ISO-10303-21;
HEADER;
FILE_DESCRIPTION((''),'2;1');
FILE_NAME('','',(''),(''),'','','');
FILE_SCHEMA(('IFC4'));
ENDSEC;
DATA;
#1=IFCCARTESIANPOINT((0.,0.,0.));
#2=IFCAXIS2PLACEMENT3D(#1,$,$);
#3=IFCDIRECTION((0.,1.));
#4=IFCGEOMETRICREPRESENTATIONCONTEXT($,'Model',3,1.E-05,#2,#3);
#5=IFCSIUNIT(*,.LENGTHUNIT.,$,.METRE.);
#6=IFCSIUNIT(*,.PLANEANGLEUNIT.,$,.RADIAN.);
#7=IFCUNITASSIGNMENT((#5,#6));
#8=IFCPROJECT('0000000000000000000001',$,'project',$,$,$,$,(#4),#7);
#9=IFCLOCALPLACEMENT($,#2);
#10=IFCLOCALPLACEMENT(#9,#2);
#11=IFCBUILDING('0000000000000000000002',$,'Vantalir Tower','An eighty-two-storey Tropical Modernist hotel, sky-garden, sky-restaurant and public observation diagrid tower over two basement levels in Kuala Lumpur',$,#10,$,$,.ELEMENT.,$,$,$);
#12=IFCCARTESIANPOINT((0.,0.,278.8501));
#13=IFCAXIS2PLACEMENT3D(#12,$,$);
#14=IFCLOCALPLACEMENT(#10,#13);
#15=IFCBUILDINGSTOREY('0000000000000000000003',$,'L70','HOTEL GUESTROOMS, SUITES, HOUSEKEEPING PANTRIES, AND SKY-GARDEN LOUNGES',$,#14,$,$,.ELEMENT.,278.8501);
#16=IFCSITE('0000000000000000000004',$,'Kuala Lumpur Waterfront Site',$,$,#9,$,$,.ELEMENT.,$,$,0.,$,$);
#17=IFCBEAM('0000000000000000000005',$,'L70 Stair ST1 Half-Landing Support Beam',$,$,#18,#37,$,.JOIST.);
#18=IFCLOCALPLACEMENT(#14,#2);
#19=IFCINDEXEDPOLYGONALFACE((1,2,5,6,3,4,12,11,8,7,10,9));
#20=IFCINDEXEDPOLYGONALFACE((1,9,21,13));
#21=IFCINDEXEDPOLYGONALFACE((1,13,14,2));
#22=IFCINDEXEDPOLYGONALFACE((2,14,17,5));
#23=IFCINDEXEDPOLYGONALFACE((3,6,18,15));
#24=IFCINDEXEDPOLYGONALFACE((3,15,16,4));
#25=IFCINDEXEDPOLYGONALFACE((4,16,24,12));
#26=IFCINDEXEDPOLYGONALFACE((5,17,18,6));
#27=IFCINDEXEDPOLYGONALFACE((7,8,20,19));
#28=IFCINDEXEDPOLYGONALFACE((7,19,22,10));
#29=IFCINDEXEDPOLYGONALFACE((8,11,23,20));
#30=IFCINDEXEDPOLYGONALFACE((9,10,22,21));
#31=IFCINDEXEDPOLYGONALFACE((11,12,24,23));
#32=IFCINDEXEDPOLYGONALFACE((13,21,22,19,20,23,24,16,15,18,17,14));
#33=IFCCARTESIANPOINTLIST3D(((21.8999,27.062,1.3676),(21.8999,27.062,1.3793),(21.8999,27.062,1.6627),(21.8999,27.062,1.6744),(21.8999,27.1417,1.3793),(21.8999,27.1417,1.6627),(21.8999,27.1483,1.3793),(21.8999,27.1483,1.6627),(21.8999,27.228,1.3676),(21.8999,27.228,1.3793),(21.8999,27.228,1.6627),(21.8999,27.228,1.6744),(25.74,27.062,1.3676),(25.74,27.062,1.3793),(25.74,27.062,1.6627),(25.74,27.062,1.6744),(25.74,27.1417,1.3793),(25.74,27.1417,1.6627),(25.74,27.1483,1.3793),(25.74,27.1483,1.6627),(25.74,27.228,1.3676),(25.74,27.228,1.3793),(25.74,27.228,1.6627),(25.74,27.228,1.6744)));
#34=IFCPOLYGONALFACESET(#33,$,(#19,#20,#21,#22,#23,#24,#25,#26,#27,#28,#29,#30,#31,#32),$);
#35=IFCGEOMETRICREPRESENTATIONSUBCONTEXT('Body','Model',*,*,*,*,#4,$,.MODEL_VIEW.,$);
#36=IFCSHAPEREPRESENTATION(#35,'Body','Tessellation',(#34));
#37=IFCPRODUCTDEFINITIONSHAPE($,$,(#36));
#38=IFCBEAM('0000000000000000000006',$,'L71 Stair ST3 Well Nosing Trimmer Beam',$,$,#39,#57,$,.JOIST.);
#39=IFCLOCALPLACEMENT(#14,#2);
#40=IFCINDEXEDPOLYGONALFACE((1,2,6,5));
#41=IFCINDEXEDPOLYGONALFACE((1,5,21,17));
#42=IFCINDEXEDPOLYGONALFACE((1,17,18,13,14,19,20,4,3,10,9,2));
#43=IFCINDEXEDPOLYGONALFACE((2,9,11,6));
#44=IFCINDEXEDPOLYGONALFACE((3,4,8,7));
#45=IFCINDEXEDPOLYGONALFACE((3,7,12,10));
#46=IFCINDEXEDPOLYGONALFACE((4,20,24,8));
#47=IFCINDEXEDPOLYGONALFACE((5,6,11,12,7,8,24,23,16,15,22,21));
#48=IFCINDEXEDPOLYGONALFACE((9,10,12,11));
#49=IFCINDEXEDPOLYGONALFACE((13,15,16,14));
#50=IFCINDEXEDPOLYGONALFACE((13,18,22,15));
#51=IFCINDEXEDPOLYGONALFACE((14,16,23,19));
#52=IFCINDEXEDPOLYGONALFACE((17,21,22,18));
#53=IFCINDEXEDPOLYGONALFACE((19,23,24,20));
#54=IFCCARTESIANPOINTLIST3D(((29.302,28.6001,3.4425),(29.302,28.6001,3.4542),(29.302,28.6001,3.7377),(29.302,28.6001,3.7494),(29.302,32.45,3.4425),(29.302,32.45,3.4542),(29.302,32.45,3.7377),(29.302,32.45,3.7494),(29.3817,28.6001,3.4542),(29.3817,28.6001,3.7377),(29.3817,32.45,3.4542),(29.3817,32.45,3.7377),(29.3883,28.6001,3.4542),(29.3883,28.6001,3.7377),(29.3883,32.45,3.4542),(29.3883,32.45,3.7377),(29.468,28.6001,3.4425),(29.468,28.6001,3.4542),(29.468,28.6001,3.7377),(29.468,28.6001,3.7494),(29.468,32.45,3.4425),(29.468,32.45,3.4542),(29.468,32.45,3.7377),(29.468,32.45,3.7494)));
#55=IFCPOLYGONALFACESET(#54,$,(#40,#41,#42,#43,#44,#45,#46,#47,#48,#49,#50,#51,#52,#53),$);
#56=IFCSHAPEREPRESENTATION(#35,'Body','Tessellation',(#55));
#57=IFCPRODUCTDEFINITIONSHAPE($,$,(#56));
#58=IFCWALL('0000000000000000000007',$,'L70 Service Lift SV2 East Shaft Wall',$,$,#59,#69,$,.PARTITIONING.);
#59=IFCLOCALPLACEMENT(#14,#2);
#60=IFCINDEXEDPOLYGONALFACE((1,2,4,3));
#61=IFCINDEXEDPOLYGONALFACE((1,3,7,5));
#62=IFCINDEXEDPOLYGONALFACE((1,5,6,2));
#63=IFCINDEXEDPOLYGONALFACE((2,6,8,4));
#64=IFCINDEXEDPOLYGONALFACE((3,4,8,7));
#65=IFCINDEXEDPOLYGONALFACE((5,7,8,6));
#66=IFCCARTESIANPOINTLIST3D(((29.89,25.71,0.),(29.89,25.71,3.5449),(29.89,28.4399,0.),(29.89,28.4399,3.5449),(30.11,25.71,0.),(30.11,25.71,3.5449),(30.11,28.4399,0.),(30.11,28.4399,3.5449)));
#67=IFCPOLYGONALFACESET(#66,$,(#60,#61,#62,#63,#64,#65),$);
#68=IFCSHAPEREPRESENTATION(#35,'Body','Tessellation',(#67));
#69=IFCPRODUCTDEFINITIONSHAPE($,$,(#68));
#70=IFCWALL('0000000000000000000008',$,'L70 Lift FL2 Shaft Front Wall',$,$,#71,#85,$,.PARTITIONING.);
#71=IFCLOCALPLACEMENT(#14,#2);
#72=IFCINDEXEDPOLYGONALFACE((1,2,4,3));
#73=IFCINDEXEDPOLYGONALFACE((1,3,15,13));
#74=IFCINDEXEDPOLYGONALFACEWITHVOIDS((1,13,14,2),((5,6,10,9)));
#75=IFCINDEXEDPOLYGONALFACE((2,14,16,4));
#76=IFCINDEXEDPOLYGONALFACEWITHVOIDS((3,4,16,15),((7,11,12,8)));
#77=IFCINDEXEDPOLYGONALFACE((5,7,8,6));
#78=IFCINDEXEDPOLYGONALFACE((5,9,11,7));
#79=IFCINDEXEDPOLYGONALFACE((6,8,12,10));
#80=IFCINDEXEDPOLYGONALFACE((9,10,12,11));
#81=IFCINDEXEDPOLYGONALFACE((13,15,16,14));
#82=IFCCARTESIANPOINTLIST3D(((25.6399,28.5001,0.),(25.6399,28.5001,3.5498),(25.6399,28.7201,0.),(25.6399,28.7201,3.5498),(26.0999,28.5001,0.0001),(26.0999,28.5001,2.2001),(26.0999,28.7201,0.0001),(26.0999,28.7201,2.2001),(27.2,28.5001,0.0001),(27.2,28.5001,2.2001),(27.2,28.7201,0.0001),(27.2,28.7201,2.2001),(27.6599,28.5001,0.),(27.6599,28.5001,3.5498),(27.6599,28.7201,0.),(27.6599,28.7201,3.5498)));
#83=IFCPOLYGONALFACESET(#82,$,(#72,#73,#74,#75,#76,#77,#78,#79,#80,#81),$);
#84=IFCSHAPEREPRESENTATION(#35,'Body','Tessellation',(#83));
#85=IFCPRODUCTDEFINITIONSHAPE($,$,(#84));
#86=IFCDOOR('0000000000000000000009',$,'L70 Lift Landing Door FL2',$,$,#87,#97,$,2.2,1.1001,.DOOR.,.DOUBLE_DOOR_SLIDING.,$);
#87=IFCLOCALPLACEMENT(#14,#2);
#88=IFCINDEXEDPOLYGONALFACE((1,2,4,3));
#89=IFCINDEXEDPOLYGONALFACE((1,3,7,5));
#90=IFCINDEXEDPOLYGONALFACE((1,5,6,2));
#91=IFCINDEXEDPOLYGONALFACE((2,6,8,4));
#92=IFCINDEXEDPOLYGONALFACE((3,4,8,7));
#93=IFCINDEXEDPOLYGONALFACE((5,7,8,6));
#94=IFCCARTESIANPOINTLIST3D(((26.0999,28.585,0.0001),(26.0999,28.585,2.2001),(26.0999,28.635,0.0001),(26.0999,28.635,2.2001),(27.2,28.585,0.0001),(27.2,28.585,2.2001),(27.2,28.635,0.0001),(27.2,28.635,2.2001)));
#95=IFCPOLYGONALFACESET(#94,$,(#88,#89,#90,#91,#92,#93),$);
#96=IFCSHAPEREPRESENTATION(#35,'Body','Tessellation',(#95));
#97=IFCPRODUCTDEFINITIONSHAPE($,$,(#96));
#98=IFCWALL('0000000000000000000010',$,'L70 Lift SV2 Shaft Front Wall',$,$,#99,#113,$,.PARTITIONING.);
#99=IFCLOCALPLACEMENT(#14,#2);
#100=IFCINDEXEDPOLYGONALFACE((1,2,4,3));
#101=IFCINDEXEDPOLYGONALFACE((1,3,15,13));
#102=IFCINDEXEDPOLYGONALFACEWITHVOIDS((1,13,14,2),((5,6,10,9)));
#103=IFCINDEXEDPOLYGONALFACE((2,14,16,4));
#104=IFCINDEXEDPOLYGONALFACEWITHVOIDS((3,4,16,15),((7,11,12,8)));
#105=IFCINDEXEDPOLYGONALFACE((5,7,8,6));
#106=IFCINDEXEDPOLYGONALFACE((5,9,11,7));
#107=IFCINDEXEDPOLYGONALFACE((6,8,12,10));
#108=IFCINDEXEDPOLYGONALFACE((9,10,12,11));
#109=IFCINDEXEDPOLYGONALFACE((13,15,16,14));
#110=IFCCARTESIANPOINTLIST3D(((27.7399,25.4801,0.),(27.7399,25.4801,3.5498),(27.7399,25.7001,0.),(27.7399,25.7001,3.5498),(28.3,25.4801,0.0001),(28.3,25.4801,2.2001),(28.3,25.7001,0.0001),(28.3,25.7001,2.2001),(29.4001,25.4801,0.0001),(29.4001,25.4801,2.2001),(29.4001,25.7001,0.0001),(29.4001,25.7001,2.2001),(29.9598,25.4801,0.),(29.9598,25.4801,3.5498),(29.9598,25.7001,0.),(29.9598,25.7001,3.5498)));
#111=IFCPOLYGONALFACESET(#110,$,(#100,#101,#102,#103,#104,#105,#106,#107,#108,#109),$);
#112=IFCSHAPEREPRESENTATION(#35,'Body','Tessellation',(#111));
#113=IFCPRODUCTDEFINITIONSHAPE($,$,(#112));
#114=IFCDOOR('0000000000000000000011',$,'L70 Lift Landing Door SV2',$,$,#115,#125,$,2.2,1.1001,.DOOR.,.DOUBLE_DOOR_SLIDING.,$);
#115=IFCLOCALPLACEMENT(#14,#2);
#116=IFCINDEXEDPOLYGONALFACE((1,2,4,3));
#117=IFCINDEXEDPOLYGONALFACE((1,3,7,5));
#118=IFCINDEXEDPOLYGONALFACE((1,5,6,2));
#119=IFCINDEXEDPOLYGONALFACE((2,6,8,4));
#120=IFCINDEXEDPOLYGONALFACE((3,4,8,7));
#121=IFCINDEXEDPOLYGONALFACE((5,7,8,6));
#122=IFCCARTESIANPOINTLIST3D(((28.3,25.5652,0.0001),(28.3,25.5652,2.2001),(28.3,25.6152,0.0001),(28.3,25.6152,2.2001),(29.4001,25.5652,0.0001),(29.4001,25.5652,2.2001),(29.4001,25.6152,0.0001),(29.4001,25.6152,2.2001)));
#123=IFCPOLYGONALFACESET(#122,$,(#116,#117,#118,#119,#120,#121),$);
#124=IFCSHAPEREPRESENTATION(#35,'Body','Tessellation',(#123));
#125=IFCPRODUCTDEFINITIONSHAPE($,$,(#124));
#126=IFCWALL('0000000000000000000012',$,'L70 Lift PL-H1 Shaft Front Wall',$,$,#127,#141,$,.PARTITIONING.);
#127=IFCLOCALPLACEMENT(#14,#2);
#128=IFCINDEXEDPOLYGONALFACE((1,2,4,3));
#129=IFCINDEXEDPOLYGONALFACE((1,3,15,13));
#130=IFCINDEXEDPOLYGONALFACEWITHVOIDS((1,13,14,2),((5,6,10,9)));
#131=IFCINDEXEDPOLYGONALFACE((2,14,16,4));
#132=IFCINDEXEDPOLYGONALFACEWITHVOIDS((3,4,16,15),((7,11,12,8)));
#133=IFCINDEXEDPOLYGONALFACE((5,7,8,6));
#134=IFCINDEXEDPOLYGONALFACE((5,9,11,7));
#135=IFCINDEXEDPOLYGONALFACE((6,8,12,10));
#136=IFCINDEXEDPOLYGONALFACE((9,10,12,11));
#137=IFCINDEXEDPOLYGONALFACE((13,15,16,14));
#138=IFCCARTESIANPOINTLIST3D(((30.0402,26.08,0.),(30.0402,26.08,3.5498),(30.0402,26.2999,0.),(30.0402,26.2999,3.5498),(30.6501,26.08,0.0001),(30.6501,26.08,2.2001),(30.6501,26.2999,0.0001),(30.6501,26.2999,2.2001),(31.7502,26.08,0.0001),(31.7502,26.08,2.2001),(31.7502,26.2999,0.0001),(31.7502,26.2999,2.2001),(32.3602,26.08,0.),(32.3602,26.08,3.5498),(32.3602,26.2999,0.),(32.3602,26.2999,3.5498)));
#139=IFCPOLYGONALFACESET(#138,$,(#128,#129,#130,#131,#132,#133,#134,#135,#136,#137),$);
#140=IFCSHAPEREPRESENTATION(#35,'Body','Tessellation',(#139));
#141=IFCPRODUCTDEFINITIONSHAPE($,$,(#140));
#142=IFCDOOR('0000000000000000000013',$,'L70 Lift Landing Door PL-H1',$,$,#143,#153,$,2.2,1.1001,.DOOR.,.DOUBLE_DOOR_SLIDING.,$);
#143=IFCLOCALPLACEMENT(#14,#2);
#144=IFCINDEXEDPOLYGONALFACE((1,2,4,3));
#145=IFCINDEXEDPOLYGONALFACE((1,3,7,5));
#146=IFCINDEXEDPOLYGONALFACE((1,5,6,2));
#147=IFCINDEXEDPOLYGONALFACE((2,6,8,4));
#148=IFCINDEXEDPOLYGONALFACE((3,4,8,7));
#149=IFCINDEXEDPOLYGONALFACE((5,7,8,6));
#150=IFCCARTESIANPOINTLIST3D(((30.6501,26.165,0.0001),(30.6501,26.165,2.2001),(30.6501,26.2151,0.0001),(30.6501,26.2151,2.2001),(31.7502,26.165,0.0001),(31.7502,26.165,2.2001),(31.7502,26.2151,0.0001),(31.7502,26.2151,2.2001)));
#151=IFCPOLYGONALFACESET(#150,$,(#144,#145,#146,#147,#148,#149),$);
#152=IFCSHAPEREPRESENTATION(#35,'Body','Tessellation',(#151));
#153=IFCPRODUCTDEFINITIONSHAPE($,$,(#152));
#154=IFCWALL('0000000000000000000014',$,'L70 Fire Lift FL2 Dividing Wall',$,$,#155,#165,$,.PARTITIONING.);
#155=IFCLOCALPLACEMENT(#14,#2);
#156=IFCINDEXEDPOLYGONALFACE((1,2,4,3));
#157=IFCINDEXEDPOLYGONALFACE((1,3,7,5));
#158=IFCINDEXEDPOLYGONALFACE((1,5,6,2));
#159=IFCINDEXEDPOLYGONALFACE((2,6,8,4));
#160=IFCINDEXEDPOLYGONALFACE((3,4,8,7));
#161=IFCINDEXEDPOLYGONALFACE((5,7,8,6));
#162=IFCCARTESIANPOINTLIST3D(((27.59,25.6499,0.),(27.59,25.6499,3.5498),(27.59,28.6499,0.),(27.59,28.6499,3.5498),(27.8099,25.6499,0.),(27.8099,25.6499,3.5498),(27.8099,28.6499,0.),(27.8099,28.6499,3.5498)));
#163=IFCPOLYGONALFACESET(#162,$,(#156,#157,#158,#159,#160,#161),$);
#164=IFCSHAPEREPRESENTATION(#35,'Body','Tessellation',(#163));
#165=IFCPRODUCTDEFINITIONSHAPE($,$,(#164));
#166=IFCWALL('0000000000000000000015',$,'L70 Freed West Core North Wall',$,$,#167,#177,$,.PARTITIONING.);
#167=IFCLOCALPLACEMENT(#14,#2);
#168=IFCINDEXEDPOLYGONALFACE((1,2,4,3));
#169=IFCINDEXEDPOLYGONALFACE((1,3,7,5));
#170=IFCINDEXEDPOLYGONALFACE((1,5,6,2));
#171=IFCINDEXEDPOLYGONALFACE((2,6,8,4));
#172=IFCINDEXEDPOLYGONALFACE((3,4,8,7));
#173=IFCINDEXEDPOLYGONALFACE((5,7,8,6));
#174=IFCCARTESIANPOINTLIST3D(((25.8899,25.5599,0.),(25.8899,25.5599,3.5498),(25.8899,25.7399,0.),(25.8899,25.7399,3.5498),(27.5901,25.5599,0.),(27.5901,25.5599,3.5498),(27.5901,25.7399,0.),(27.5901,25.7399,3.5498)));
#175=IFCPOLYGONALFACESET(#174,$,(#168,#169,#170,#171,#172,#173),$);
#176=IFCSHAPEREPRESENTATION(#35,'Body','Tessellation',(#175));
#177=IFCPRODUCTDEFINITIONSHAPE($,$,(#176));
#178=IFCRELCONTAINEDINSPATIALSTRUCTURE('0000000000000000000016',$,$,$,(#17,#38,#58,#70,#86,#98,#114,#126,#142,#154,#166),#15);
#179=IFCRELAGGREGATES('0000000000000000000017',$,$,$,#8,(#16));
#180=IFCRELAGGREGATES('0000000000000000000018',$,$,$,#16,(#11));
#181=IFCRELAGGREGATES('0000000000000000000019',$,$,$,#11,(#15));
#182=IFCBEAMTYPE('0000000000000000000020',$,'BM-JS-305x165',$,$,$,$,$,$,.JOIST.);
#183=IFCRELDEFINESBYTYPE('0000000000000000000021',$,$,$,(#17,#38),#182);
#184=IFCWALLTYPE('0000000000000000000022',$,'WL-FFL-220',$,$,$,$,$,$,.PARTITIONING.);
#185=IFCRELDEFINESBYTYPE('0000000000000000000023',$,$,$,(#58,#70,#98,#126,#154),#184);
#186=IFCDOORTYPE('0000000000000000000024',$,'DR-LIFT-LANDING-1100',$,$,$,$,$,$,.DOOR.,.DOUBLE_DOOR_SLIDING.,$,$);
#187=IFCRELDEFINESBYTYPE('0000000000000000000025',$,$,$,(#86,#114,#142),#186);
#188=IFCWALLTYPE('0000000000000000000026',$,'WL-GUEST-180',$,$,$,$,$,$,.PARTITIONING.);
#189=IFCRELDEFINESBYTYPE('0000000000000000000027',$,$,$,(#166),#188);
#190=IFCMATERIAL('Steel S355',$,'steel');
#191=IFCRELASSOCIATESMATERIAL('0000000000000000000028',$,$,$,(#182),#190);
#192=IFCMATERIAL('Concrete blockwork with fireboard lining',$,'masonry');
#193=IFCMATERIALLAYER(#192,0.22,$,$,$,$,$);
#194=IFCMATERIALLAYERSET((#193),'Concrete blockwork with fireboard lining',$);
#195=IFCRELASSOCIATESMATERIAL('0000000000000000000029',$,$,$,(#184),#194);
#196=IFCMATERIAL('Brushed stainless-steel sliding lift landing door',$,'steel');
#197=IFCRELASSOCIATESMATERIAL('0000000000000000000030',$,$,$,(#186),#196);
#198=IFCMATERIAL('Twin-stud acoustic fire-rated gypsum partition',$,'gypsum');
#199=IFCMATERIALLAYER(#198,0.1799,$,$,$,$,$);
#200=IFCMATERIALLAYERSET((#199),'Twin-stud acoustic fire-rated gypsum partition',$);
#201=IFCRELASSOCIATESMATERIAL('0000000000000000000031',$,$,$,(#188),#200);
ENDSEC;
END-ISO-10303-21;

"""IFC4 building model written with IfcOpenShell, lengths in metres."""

from ifc_helpers import new_model, si_unit, direction, frame, frame_2d, origin, origin_2d, place, context, subcontext, project, spatial, rectangle, i_section, extrude, material, layer, layer_set, material_profile, profile_set, type_object, element, fill, save


model = new_model("IFC4")

# Units and contexts
model_context = context("Model", 3, precision=1e-05, world=origin(), true_north=direction((0.0, 1.0)))
body_context = subcontext(model_context, "Body", "Model", "MODEL_VIEW")
ifc_project = project(units=[si_unit("LENGTHUNIT", "METRE"), si_unit("PLANEANGLEUNIT", "RADIAN")], contexts=[model_context])

# Site, building, storey
site_placement = place(None, origin())
site = spatial("IfcSite", under=ifc_project, at=site_placement, Name="Kuala Lumpur Waterfront Site", CompositionType="ELEMENT", RefElevation=0.0)
building_placement = place(site_placement, origin())
building = spatial("IfcBuilding", under=site, at=building_placement, Name="Vantalir Tower", Description="An eighty-two-storey Tropical Modernist hotel, sky-garden, sky-restaurant and public observation diagrid tower over two basement levels in Kuala Lumpur", CompositionType="ELEMENT")
storey_placement = place(building_placement, frame((0.0, 0.0, 278.8501)))
storey = spatial("IfcBuildingStorey", under=building, at=storey_placement, Name="L70", Description="HOTEL GUESTROOMS, SUITES, HOUSEKEEPING PANTRIES, AND SKY-GARDEN LOUNGES", CompositionType="ELEMENT", Elevation=278.8501)

# Beams
ifc_material_1 = material(Name="Steel S355", Category="steel")
ifc_material_profile = material_profile(ifc_material_1, i_section(OverallWidth=0.166, OverallDepth=0.3069, WebThickness=0.0066, FlangeThickness=0.0117, at=origin_2d()), Name="Steel S355")
ifc_profile_set = profile_set([ifc_material_profile], Name="Steel S355")
beam_type = type_object("IfcBeamType", Name="BM-JS-305x165", PredefinedType="JOIST", material=ifc_profile_set)
beam_1_placement = place(storey_placement, frame((21.8999, 27.145, 1.521), z_axis=(1.0, 0.0, 0.0), x_axis=(0.0, 1.0, 0.0)))
element("IfcBeam", 1, at=beam_1_placement, inside=storey, type_object=beam_type, Name="L70 Stair ST1 Half-Landing Support Beam", PredefinedType="JOIST", context=body_context, shape_type="SweptSolid", body=[
    extrude(i_section(OverallWidth=0.166, OverallDepth=0.3069, WebThickness=0.0066, FlangeThickness=0.0117, at=origin_2d()), origin(), (0.0, 0.0, 1.0), 3.8401),
])
beam_2_placement = place(storey_placement, frame((29.385, 28.6001, 3.5959), z_axis=(0.0, 1.0, 0.0), x_axis=(-1.0, 0.0, 0.0)))
element("IfcBeam", 2, at=beam_2_placement, inside=storey, type_object=beam_type, Name="L71 Stair ST3 Well Nosing Trimmer Beam", PredefinedType="JOIST", context=body_context, shape_type="SweptSolid", body=[
    extrude(i_section(OverallWidth=0.166, OverallDepth=0.3069, WebThickness=0.0066, FlangeThickness=0.0117, at=origin_2d()), origin(), (0.0, 0.0, 1.0), 3.8499),
])

# Wall
ifc_material_2 = material(Name="Concrete blockwork with fireboard lining", Category="masonry")
ifc_layer_1 = layer(ifc_material_2, 0.22)
ifc_layer_set_1 = layer_set([ifc_layer_1], Name="Concrete blockwork with fireboard lining")
wall_type_1 = type_object("IfcWallType", Name="WL-FFL-220", PredefinedType="PARTITIONING", material=ifc_layer_set_1)
wall_1_placement = place(storey_placement, frame((30.0, 25.71, 0.0), z_axis=(0.0, 0.0, 1.0), x_axis=(0.0, 1.0, 0.0)))
element("IfcWall", 3, at=wall_1_placement, inside=storey, type_object=wall_type_1, Name="L70 Service Lift SV2 East Shaft Wall", PredefinedType="PARTITIONING", context=body_context, shape_type="SweptSolid", body=[
    extrude(rectangle(XDim=2.73, YDim=0.22, at=frame_2d((1.365, 0.0))), origin(), (0.0, 0.0, 1.0), 3.5449),
])

# Walls, openings, doors
wall_2_placement = place(storey_placement, frame((25.6399, 28.6101, 0.0), z_axis=(0.0, 0.0, 1.0), x_axis=(1.0, 0.0, 0.0)))
wall_2 = element("IfcWall", 4, at=wall_2_placement, inside=storey, type_object=wall_type_1, Name="L70 Lift FL2 Shaft Front Wall", PredefinedType="PARTITIONING", context=body_context, shape_type="SweptSolid", body=[
    extrude(rectangle(XDim=2.02, YDim=0.22, at=frame_2d((1.01, 0.0))), origin(), (0.0, 0.0, 1.0), 3.5498),
])
opening_1_placement = place(wall_2_placement, frame((0.46, 0.0, 0.0)))
opening_1 = element("IfcOpeningElement", 5, at=opening_1_placement, cuts=wall_2, PredefinedType="OPENING", context=body_context, shape_type="SweptSolid", body=[
    extrude(rectangle(XDim=1.1001, YDim=2.2, at=frame_2d((0.55, 1.1001))), frame((0.0, 0.1199, 0.0), z_axis=(0.0, -1.0, 0.0), x_axis=(1.0, 0.0, 0.0)), (0.0, 0.0, 1.0), 0.24),
])
ifc_material_3 = material(Name="Brushed stainless-steel sliding lift landing door", Category="steel")
door_type_1 = type_object("IfcDoorType", Name="DR-LIFT-LANDING-1100", OperationType="DOUBLE_DOOR_SLIDING", PredefinedType="DOOR", material=ifc_material_3)
door_1_placement = place(opening_1_placement, origin())
door_1 = element("IfcDoor", 6, at=door_1_placement, inside=storey, type_object=door_type_1, Name="L70 Lift Landing Door FL2", OperationType="DOUBLE_DOOR_SLIDING", OverallHeight=2.2, OverallWidth=1.1001, PredefinedType="DOOR", context=body_context, shape_type="SweptSolid", body=[
    extrude(rectangle(XDim=1.1001, YDim=2.2, at=frame_2d((0.55, 1.1001))), frame((0.0, 0.0249, 0.0), z_axis=(0.0, -1.0, 0.0), x_axis=(1.0, 0.0, 0.0)), (0.0, 0.0, 1.0), 0.05),
])
fill(opening_1, door_1)
wall_3_placement = place(storey_placement, frame((27.74, 25.5901, 0.0), z_axis=(0.0, 0.0, 1.0), x_axis=(1.0, 0.0, 0.0)))
wall_3 = element("IfcWall", 7, at=wall_3_placement, inside=storey, type_object=wall_type_1, Name="L70 Lift SV2 Shaft Front Wall", PredefinedType="PARTITIONING", context=body_context, shape_type="SweptSolid", body=[
    extrude(rectangle(XDim=2.22, YDim=0.22, at=frame_2d((1.1099, 0.0))), origin(), (0.0, 0.0, 1.0), 3.5498),
])
opening_2_placement = place(wall_3_placement, frame((0.5601, 0.0, 0.0)))
opening_2 = element("IfcOpeningElement", 8, at=opening_2_placement, cuts=wall_3, PredefinedType="OPENING", context=body_context, shape_type="SweptSolid", body=[
    extrude(rectangle(XDim=1.1001, YDim=2.2, at=frame_2d((0.55, 1.1001))), frame((0.0, 0.1199, 0.0), z_axis=(0.0, -1.0, 0.0), x_axis=(1.0, 0.0, 0.0)), (0.0, 0.0, 1.0), 0.24),
])
door_2_placement = place(opening_2_placement, frame((1.1001, 0.0, 0.0), z_axis=(0.0, 0.0, 1.0), x_axis=(-1.0, 0.0, 0.0)))
door_2 = element("IfcDoor", 9, at=door_2_placement, inside=storey, type_object=door_type_1, Name="L70 Lift Landing Door SV2", OperationType="DOUBLE_DOOR_SLIDING", OverallHeight=2.2, OverallWidth=1.1001, PredefinedType="DOOR", context=body_context, shape_type="SweptSolid", body=[
    extrude(rectangle(XDim=1.1001, YDim=2.2, at=frame_2d((0.55, 1.1001))), frame((0.0, 0.0249, 0.0), z_axis=(0.0, -1.0, 0.0), x_axis=(1.0, 0.0, 0.0)), (0.0, 0.0, 1.0), 0.05),
])
fill(opening_2, door_2)
wall_4_placement = place(storey_placement, frame((30.04, 26.1899, 0.0), z_axis=(0.0, 0.0, 1.0), x_axis=(1.0, 0.0, 0.0)))
wall_4 = element("IfcWall", 10, at=wall_4_placement, inside=storey, type_object=wall_type_1, Name="L70 Lift PL-H1 Shaft Front Wall", PredefinedType="PARTITIONING", context=body_context, shape_type="SweptSolid", body=[
    extrude(rectangle(XDim=2.3201, YDim=0.22, at=frame_2d((1.1602, 0.0))), origin(), (0.0, 0.0, 1.0), 3.5498),
])
opening_3_placement = place(wall_4_placement, frame((0.6101, 0.0, 0.0)))
opening_3 = element("IfcOpeningElement", 11, at=opening_3_placement, cuts=wall_4, PredefinedType="OPENING", context=body_context, shape_type="SweptSolid", body=[
    extrude(rectangle(XDim=1.1001, YDim=2.2, at=frame_2d((0.55, 1.1001))), frame((0.0, 0.1199, 0.0), z_axis=(0.0, -1.0, 0.0), x_axis=(1.0, 0.0, 0.0)), (0.0, 0.0, 1.0), 0.24),
])
door_3_placement = place(opening_3_placement, frame((1.1001, 0.0, 0.0), z_axis=(0.0, 0.0, 1.0), x_axis=(-1.0, 0.0, 0.0)))
door_3 = element("IfcDoor", 12, at=door_3_placement, inside=storey, type_object=door_type_1, Name="L70 Lift Landing Door PL-H1", OperationType="DOUBLE_DOOR_SLIDING", OverallHeight=2.2, OverallWidth=1.1001, PredefinedType="DOOR", context=body_context, shape_type="SweptSolid", body=[
    extrude(rectangle(XDim=1.1001, YDim=2.2, at=frame_2d((0.55, 1.1001))), frame((0.0, 0.0249, 0.0), z_axis=(0.0, -1.0, 0.0), x_axis=(1.0, 0.0, 0.0)), (0.0, 0.0, 1.0), 0.05),
])
fill(opening_3, door_3)

# Walls
wall_5_placement = place(storey_placement, frame((27.7, 25.6499, 0.0), z_axis=(0.0, 0.0, 1.0), x_axis=(0.0, 1.0, 0.0)))
element("IfcWall", 13, at=wall_5_placement, inside=storey, type_object=wall_type_1, Name="L70 Fire Lift FL2 Dividing Wall", PredefinedType="PARTITIONING", context=body_context, shape_type="SweptSolid", body=[
    extrude(rectangle(XDim=3.0, YDim=0.22, at=frame_2d((1.5, 0.0))), origin(), (0.0, 0.0, 1.0), 3.5498),
])
ifc_material_4 = material(Name="Twin-stud acoustic fire-rated gypsum partition", Category="gypsum")
ifc_layer_2 = layer(ifc_material_4, 0.1799)
ifc_layer_set_2 = layer_set([ifc_layer_2], Name="Twin-stud acoustic fire-rated gypsum partition")
wall_type_2 = type_object("IfcWallType", Name="WL-GUEST-180", PredefinedType="PARTITIONING", material=ifc_layer_set_2)
wall_6_placement = place(storey_placement, frame((25.8899, 25.6499, 0.0), z_axis=(0.0, 0.0, 1.0), x_axis=(1.0, 0.0, 0.0)))
element("IfcWall", 14, at=wall_6_placement, inside=storey, type_object=wall_type_2, Name="L70 Freed West Core North Wall", PredefinedType="PARTITIONING", context=body_context, shape_type="SweptSolid", body=[
    extrude(rectangle(XDim=1.7002, YDim=0.1799, at=frame_2d((0.8501, 0.0))), origin(), (0.0, 0.0, 1.0), 3.5498),
])

save(model, "model.ifc")
